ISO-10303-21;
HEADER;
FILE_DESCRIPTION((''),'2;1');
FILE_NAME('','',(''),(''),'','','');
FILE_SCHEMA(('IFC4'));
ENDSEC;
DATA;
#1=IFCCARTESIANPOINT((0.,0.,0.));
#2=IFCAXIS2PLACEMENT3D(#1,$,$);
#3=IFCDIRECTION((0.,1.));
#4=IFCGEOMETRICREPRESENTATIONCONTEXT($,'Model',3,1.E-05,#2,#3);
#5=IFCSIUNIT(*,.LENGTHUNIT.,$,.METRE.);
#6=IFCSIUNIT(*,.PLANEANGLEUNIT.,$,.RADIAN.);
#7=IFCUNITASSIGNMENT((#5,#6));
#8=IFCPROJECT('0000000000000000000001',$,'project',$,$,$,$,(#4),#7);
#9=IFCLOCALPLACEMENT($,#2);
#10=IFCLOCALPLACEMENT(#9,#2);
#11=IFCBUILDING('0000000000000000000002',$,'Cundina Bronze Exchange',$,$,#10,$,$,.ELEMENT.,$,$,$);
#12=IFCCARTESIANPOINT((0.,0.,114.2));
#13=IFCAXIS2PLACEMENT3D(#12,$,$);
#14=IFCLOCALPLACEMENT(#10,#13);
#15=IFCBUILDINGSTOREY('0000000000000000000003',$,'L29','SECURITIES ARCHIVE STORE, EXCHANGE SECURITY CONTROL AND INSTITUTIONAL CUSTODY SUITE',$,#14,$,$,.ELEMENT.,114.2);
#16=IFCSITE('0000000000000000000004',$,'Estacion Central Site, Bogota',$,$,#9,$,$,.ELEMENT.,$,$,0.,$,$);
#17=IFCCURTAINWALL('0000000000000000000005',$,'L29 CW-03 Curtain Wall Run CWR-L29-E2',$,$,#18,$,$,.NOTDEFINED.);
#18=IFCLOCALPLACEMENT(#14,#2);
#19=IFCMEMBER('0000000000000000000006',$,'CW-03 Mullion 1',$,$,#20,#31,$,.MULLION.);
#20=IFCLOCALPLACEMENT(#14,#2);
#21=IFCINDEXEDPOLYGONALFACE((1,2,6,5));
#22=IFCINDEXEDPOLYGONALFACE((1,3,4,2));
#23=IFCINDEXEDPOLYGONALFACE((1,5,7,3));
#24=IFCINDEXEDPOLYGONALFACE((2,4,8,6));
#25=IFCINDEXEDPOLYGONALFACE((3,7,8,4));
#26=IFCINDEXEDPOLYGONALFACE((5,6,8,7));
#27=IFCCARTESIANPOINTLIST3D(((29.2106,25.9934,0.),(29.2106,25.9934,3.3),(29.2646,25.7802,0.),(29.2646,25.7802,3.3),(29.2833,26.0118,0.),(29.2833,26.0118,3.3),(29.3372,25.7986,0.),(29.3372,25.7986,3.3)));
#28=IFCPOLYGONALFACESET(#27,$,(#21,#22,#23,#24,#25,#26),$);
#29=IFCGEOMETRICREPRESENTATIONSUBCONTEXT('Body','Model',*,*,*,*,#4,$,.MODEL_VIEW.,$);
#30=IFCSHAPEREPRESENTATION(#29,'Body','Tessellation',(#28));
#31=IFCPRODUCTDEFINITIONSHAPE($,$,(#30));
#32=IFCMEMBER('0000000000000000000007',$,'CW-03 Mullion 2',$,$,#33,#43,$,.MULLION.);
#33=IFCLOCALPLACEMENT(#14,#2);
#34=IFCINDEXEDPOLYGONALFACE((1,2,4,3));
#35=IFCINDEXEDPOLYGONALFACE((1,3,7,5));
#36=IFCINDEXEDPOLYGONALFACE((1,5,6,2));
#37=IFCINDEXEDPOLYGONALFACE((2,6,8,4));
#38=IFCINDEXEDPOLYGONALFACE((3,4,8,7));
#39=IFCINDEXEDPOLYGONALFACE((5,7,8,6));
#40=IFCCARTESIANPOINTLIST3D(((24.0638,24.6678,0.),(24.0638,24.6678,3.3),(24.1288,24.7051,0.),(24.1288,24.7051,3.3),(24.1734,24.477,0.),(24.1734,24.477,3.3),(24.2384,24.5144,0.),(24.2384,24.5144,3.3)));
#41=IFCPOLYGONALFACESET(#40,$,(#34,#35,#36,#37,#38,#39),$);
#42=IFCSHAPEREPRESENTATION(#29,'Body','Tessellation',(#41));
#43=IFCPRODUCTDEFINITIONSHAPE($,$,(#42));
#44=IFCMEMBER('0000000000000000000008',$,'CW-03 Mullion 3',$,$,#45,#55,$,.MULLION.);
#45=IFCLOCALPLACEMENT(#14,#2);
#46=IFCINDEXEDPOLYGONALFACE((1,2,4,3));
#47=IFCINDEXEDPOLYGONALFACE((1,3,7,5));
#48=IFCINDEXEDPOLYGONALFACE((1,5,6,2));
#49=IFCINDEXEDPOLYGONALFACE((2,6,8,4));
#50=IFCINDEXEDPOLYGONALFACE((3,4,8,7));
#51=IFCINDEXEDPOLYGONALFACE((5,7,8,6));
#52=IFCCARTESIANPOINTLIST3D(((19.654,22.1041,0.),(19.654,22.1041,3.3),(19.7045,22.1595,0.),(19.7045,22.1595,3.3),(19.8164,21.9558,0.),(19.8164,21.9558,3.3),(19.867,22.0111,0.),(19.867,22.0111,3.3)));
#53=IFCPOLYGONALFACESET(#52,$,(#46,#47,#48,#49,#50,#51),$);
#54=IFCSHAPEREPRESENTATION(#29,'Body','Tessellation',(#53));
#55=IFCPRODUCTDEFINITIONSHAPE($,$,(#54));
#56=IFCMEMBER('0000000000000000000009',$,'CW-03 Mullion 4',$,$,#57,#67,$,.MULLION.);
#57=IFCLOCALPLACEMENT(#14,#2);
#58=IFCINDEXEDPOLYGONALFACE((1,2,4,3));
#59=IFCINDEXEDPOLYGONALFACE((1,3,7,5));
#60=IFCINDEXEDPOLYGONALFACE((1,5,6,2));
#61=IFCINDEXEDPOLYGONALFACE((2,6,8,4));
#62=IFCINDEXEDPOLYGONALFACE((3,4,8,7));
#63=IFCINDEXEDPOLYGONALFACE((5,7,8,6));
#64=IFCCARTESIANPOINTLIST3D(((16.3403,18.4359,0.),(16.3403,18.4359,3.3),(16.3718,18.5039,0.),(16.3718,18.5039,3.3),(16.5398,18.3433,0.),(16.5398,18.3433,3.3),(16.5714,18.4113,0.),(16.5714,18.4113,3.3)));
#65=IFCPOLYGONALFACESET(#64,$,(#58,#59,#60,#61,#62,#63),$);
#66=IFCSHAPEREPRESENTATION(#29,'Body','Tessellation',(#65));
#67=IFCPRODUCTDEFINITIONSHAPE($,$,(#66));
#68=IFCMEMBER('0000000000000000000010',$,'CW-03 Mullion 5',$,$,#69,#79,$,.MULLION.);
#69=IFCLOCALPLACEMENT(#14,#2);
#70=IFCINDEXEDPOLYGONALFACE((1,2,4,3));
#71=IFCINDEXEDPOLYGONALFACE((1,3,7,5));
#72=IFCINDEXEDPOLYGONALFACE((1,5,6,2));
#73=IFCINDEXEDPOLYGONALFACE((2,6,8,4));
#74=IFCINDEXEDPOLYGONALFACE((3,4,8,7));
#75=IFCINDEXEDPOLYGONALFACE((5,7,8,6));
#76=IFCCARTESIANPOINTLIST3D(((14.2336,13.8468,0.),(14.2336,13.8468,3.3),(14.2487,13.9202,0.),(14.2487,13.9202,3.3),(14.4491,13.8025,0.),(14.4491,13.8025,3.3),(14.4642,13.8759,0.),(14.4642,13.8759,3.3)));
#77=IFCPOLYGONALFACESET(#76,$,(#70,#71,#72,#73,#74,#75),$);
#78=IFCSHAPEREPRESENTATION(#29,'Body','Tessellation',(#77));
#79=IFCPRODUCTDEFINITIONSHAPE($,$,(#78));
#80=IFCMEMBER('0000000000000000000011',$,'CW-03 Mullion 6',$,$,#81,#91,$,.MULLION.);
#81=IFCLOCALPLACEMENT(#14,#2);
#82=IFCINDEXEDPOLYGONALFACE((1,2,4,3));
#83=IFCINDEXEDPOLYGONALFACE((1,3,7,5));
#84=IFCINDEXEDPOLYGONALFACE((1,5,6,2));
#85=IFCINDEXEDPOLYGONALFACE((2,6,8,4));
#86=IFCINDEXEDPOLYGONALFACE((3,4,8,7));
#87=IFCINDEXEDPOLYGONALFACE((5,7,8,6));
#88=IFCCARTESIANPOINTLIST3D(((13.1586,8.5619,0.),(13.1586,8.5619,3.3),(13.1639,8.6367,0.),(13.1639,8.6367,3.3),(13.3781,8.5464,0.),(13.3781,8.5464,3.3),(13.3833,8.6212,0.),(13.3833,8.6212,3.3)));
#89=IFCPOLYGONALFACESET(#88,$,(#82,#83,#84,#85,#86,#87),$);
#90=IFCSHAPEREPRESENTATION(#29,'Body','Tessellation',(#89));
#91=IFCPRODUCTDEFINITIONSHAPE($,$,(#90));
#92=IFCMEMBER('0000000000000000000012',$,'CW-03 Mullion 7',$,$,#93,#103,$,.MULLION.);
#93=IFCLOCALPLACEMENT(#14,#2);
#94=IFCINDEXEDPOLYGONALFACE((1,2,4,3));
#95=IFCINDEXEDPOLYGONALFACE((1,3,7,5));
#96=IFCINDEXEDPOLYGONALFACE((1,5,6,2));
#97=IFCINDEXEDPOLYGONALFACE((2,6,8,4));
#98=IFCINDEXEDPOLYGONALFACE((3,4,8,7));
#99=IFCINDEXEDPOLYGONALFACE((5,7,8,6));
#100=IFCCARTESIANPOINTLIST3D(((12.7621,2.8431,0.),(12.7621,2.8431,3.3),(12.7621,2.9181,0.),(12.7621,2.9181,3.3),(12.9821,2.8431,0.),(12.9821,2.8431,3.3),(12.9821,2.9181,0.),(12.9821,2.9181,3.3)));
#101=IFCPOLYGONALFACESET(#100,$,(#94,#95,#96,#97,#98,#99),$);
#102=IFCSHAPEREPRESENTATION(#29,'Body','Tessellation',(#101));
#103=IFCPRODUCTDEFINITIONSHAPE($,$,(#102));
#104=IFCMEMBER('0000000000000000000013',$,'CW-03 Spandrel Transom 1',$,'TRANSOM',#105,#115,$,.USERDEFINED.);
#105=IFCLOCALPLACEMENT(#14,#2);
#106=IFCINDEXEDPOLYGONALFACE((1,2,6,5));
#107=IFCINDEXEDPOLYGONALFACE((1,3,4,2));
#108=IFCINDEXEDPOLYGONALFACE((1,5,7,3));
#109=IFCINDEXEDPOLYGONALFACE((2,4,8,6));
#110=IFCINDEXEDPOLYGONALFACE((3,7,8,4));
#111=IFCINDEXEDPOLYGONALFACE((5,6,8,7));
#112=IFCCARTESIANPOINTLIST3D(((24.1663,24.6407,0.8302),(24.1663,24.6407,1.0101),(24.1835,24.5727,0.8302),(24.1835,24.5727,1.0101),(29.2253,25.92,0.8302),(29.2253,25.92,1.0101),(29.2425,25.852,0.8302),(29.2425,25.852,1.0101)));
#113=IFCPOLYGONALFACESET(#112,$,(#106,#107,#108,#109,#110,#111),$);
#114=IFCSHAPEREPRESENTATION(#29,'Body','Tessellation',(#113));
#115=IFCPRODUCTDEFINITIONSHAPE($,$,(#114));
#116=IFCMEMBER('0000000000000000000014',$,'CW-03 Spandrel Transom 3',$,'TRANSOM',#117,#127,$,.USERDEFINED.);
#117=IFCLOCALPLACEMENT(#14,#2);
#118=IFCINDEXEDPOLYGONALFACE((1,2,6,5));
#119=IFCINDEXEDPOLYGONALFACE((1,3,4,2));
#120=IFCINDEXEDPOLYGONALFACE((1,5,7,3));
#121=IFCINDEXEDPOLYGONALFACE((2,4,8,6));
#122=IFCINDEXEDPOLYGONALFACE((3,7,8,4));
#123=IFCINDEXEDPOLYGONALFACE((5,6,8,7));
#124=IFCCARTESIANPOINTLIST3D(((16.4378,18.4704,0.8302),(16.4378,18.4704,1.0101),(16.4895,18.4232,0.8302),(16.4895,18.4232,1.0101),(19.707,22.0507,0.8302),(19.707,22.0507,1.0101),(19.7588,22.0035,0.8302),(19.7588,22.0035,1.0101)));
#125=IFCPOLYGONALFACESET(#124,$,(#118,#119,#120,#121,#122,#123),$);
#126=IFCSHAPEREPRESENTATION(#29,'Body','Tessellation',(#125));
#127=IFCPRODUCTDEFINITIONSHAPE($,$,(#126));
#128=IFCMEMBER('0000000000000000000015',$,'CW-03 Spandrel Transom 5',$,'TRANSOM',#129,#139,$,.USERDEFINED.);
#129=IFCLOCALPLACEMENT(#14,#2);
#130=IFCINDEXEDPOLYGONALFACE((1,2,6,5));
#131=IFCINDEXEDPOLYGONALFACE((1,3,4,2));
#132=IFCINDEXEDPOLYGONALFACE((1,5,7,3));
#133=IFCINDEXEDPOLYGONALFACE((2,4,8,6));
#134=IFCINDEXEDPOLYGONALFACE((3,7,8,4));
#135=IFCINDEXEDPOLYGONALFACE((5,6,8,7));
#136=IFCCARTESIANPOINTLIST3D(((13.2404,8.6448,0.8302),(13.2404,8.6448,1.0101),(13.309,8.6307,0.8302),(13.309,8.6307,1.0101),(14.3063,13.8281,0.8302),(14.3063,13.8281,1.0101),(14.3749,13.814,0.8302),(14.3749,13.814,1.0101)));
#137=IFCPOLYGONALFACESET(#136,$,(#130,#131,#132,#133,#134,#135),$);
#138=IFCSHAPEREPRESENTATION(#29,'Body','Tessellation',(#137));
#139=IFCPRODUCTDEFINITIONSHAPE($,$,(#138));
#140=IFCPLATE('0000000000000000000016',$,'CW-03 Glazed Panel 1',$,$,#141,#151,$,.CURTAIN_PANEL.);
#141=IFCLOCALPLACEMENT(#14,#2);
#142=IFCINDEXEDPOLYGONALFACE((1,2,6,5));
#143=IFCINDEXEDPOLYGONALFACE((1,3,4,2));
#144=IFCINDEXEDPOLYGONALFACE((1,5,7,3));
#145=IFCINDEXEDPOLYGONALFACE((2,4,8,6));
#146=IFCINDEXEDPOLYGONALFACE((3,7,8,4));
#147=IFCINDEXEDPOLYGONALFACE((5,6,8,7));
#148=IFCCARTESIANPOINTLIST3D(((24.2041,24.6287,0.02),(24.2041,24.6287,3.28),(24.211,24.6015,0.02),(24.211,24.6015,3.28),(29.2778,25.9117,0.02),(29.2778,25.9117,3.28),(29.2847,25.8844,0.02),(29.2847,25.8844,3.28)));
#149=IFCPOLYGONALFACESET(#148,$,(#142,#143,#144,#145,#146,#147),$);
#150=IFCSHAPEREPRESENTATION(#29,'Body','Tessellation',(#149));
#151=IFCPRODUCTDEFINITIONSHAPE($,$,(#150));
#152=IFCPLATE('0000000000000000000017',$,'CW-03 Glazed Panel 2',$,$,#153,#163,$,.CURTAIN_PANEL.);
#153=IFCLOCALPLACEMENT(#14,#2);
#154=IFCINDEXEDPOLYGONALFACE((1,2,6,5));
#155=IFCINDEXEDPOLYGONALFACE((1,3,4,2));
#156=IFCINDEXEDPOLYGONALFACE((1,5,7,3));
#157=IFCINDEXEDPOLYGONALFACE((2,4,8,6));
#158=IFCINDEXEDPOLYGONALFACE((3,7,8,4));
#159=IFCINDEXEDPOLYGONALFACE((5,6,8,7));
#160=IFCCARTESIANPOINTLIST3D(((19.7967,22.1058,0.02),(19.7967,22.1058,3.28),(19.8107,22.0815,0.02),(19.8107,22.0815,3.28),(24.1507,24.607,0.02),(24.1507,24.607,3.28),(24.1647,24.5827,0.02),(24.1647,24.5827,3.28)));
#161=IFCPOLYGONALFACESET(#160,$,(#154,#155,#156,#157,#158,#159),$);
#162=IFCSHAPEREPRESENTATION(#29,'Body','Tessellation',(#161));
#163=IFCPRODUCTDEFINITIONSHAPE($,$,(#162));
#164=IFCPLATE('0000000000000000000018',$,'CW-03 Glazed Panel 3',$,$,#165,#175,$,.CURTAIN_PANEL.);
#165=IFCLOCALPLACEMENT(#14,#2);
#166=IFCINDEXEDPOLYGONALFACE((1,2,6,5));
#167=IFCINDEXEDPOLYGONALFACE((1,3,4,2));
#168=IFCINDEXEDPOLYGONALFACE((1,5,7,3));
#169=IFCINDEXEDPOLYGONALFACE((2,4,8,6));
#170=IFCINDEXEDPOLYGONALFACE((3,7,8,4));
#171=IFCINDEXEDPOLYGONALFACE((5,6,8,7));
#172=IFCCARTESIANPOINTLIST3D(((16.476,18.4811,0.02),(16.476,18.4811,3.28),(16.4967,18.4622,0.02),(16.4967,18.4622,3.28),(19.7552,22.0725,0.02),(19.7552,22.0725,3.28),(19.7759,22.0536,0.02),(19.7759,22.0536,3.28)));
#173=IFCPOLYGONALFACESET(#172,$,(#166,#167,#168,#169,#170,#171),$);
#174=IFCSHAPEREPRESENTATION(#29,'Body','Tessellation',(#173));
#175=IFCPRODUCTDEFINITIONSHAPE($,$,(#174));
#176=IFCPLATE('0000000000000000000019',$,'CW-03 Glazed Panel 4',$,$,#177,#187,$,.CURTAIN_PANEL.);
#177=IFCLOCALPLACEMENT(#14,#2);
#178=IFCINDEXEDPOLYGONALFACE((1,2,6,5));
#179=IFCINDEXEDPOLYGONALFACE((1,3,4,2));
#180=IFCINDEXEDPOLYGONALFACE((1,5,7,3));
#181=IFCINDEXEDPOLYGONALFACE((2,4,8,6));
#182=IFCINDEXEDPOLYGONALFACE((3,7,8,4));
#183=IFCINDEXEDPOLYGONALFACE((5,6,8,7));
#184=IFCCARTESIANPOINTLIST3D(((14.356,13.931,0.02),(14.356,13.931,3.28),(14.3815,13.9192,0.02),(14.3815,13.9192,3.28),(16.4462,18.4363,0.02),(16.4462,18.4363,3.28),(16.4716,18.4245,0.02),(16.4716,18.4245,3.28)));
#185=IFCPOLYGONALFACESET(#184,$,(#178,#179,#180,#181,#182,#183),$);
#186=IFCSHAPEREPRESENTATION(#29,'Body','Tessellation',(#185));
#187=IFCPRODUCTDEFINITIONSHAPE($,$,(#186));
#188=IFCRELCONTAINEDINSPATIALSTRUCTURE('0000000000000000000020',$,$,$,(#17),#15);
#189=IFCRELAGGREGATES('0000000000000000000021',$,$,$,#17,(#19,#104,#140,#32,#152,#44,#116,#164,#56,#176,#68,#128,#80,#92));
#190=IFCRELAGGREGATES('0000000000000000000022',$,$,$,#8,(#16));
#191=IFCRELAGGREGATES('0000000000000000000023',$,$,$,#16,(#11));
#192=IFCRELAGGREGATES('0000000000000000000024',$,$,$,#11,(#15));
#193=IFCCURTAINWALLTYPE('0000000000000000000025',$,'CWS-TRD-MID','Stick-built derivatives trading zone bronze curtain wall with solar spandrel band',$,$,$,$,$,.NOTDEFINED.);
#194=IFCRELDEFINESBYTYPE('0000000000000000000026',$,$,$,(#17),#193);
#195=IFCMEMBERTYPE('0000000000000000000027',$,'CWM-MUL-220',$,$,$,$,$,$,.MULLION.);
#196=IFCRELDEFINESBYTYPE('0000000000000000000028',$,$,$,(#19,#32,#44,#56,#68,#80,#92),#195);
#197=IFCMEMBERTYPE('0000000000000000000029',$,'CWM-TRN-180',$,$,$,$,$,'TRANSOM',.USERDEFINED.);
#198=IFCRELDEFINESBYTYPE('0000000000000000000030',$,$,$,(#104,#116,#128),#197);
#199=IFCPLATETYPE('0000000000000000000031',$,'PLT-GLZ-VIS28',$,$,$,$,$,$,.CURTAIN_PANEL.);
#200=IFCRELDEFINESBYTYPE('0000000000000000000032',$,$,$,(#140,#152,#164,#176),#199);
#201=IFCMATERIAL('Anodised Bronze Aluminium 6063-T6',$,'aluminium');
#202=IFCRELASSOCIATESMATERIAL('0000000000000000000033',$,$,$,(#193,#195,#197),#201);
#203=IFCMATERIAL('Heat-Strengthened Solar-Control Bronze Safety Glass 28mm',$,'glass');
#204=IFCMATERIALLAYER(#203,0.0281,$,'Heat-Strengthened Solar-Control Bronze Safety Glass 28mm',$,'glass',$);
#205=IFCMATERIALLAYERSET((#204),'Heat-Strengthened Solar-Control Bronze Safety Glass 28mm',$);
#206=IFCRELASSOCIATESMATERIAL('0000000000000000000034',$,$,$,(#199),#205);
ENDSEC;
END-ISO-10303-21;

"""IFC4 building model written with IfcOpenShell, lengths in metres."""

from ifc_helpers import new_model, si_unit, direction, frame, origin, origin_2d, place, context, subcontext, project, spatial, rectangle, extrude, material, layer, layer_set, material_profile, profile_set, type_object, element, aggregate, save


model = new_model("IFC4")

# Units and contexts
model_context = context("Model", 3, precision=1e-05, world=origin(), true_north=direction((0.0, 1.0)))
body_context = subcontext(model_context, "Body", "Model", "MODEL_VIEW")
ifc_project = project(units=[si_unit("LENGTHUNIT", "METRE"), si_unit("PLANEANGLEUNIT", "RADIAN")], contexts=[model_context])

# Site, building, storey
site_placement = place(None, origin())
site = spatial("IfcSite", under=ifc_project, at=site_placement, Name="Estacion Central Site, Bogota", CompositionType="ELEMENT", RefElevation=0.0)
building_placement = place(site_placement, origin())
building = spatial("IfcBuilding", under=site, at=building_placement, Name="Cundina Bronze Exchange", CompositionType="ELEMENT")
storey_placement = place(building_placement, frame((0.0, 0.0, 114.2)))
storey = spatial("IfcBuildingStorey", under=building, at=storey_placement, Name="L29", Description="SECURITIES ARCHIVE STORE, EXCHANGE SECURITY CONTROL AND INSTITUTIONAL CUSTODY SUITE", CompositionType="ELEMENT", Elevation=114.2)

# Shared definitions
ifc_material_1 = material(Name="Anodised Bronze Aluminium 6063-T6", Category="aluminium")
curtain_wall_type = type_object("IfcCurtainWallType", Name="CWS-TRD-MID", Description="Stick-built derivatives trading zone bronze curtain wall with solar spandrel band", PredefinedType="NOTDEFINED", material=ifc_material_1)
ifc_material_profile_1 = material_profile(ifc_material_1, rectangle(XDim=0.075, YDim=0.22, at=origin_2d()), Name="AL75X220", Category="aluminium")
ifc_profile_set_1 = profile_set([ifc_material_profile_1], Name="Anodised Bronze Aluminium 6063-T6")
member_type_1 = type_object("IfcMemberType", Name="CWM-MUL-220", PredefinedType="MULLION", material=ifc_profile_set_1)

# Curtain wall, members, plates
curtain_wall_1_placement = place(storey_placement, origin())
curtain_wall_1 = element("IfcCurtainWall", 1, at=curtain_wall_1_placement, inside=storey, type_object=curtain_wall_type, Name="L29 CW-03 Curtain Wall Run CWR-L29-E2", PredefinedType="NOTDEFINED")
member_1_placement = place(storey_placement, frame((29.2739, 25.896, 0.0), z_axis=(0.0, 0.0, 1.0), x_axis=(-0.969488, -0.245138, 0.0)))
member_1 = element("IfcMember", 2, at=member_1_placement, type_object=member_type_1, Name="CW-03 Mullion 1", PredefinedType="MULLION", context=body_context, shape_type="SweptSolid", body=[
    extrude(rectangle(XDim=0.075, YDim=0.22, at=origin_2d()), origin(), (0.0, 0.0, 1.0), 3.3),
])
member_2_placement = place(storey_placement, frame((24.1511, 24.5911, 0.0), z_axis=(0.0, 0.0, 1.0), x_axis=(-0.867071, -0.498185, 0.0)))
member_2 = element("IfcMember", 3, at=member_2_placement, type_object=member_type_1, Name="CW-03 Mullion 2", PredefinedType="MULLION", context=body_context, shape_type="SweptSolid", body=[
    extrude(rectangle(XDim=0.075, YDim=0.22, at=origin_2d()), origin(), (0.0, 0.0, 1.0), 3.3),
])
member_3_placement = place(storey_placement, frame((19.7605, 22.0576, 0.0), z_axis=(0.0, 0.0, 1.0), x_axis=(-0.674302, -0.738455, 0.0)))
member_3 = element("IfcMember", 4, at=member_3_placement, type_object=member_type_1, Name="CW-03 Mullion 3", PredefinedType="MULLION", context=body_context, shape_type="SweptSolid", body=[
    extrude(rectangle(XDim=0.075, YDim=0.22, at=origin_2d()), origin(), (0.0, 0.0, 1.0), 3.3),
])
member_4_placement = place(storey_placement, frame((16.4558, 18.4236, 0.0), z_axis=(0.0, 0.0, 1.0), x_axis=(-0.420877, -0.907117, 0.0)))
member_4 = element("IfcMember", 5, at=member_4_placement, type_object=member_type_1, Name="CW-03 Mullion 4", PredefinedType="MULLION", context=body_context, shape_type="SweptSolid", body=[
    extrude(rectangle(XDim=0.075, YDim=0.22, at=origin_2d()), origin(), (0.0, 0.0, 1.0), 3.3),
])
member_5_placement = place(storey_placement, frame((14.3489, 13.8613, 0.0), z_axis=(0.0, 0.0, 1.0), x_axis=(-0.20142, -0.979505, 0.0)))
member_5 = element("IfcMember", 6, at=member_5_placement, type_object=member_type_1, Name="CW-03 Mullion 5", PredefinedType="MULLION", context=body_context, shape_type="SweptSolid", body=[
    extrude(rectangle(XDim=0.075, YDim=0.22, at=origin_2d()), origin(), (0.0, 0.0, 1.0), 3.3),
])
member_6_placement = place(storey_placement, frame((13.271, 8.5916, 0.0), z_axis=(0.0, 0.0, 1.0), x_axis=(-0.070279, -0.997527, 0.0)))
member_6 = element("IfcMember", 7, at=member_6_placement, type_object=member_type_1, Name="CW-03 Mullion 6", PredefinedType="MULLION", context=body_context, shape_type="SweptSolid", body=[
    extrude(rectangle(XDim=0.075, YDim=0.22, at=origin_2d()), origin(), (0.0, 0.0, 1.0), 3.3),
])
member_7_placement = place(storey_placement, frame((12.8721, 2.8806, 0.0), z_axis=(0.0, 0.0, 1.0), x_axis=(0.0, -1.0, 0.0)))
member_7 = element("IfcMember", 8, at=member_7_placement, type_object=member_type_1, Name="CW-03 Mullion 7", PredefinedType="MULLION", context=body_context, shape_type="SweptSolid", body=[
    extrude(rectangle(XDim=0.075, YDim=0.22, at=origin_2d()), origin(), (0.0, 0.0, 1.0), 3.3),
])
ifc_material_profile_2 = material_profile(ifc_material_1, rectangle(XDim=0.0701, YDim=0.1799, at=origin_2d()), Name="AL70X180", Category="aluminium")
ifc_profile_set_2 = profile_set([ifc_material_profile_2], Name="Anodised Bronze Aluminium 6063-T6")
member_type_2 = type_object("IfcMemberType", Name="CWM-TRN-180", ElementType="TRANSOM", PredefinedType="USERDEFINED", material=ifc_profile_set_2)
member_8_placement = place(storey_placement, frame((29.2339, 25.886, 0.9202), z_axis=(-0.969484, -0.245155, 0.0), x_axis=(0.245155, -0.969484, 0.0)))
member_8 = element("IfcMember", 9, at=member_8_placement, type_object=member_type_2, Name="CW-03 Spandrel Transom 1", ObjectType="TRANSOM", PredefinedType="USERDEFINED", context=body_context, shape_type="SweptSolid", body=[
    extrude(rectangle(XDim=0.0701, YDim=0.1799, at=origin_2d()), origin(), (0.0, 0.0, 1.0), 5.2183),
])
member_9_placement = place(storey_placement, frame((19.7329, 22.0271, 0.9202), z_axis=(-0.674303, -0.738455, 0.0), x_axis=(0.738455, -0.674303, 0.0)))
member_9 = element("IfcMember", 10, at=member_9_placement, type_object=member_type_2, Name="CW-03 Spandrel Transom 3", ObjectType="TRANSOM", PredefinedType="USERDEFINED", context=body_context, shape_type="SweptSolid", body=[
    extrude(rectangle(XDim=0.0701, YDim=0.1799, at=origin_2d()), origin(), (0.0, 0.0, 1.0), 4.8484),
])
member_10_placement = place(storey_placement, frame((14.3406, 13.821, 0.9202), z_axis=(-0.201428, -0.979503, 0.0), x_axis=(0.979503, -0.201428, 0.0)))
member_10 = element("IfcMember", 11, at=member_10_placement, type_object=member_type_2, Name="CW-03 Spandrel Transom 5", ObjectType="TRANSOM", PredefinedType="USERDEFINED", context=body_context, shape_type="SweptSolid", body=[
    extrude(rectangle(XDim=0.0701, YDim=0.1799, at=origin_2d()), origin(), (0.0, 0.0, 1.0), 5.2917),
])
ifc_material_2 = material(Name="Heat-Strengthened Solar-Control Bronze Safety Glass 28mm", Category="glass")
ifc_layer_1 = layer(ifc_material_2, 0.0281, Name="Heat-Strengthened Solar-Control Bronze Safety Glass 28mm", Category="glass")
ifc_layer_set_1 = layer_set([ifc_layer_1], Name="Heat-Strengthened Solar-Control Bronze Safety Glass 28mm")
plate_type_1 = type_object("IfcPlateType", Name="PLT-GLZ-VIS28", PredefinedType="CURTAIN_PANEL", material=ifc_layer_set_1)
plate_1_placement = place(storey_placement, frame((26.7444, 25.2566, 0.02), z_axis=(0.0, 0.0, 1.0), x_axis=(-0.969488, -0.245138, 0.0)))
plate_1 = element("IfcPlate", 12, at=plate_1_placement, type_object=plate_type_1, Name="CW-03 Glazed Panel 1", PredefinedType="CURTAIN_PANEL", context=body_context, shape_type="SweptSolid", body=[
    extrude(rectangle(XDim=5.2334, YDim=0.0281, at=origin_2d()), origin(), (0.0, 0.0, 1.0), 3.26),
])
plate_2_placement = place(storey_placement, frame((21.9807, 23.3442, 0.02), z_axis=(0.0, 0.0, 1.0), x_axis=(-0.867105, -0.498125, 0.0)))
plate_2 = element("IfcPlate", 13, at=plate_2_placement, type_object=plate_type_1, Name="CW-03 Glazed Panel 2", PredefinedType="CURTAIN_PANEL", context=body_context, shape_type="SweptSolid", body=[
    extrude(rectangle(XDim=5.0212, YDim=0.0281, at=origin_2d()), origin(), (0.0, 0.0, 1.0), 3.26),
])
plate_3_placement = place(storey_placement, frame((18.126, 20.2673, 0.02), z_axis=(0.0, 0.0, 1.0), x_axis=(-0.674277, -0.738479, 0.0)))
plate_3 = element("IfcPlate", 14, at=plate_3_placement, type_object=plate_type_1, Name="CW-03 Glazed Panel 3", PredefinedType="CURTAIN_PANEL", context=body_context, shape_type="SweptSolid", body=[
    extrude(rectangle(XDim=4.8633, YDim=0.0281, at=origin_2d()), origin(), (0.0, 0.0, 1.0), 3.26),
])
plate_4_placement = place(storey_placement, frame((15.4138, 16.1777, 0.02), z_axis=(0.0, 0.0, 1.0), x_axis=(-0.420846, -0.907132, 0.0)))
plate_4 = element("IfcPlate", 15, at=plate_4_placement, type_object=plate_type_1, Name="CW-03 Glazed Panel 4", PredefinedType="CURTAIN_PANEL", context=body_context, shape_type="SweptSolid", body=[
    extrude(rectangle(XDim=4.9666, YDim=0.0281, at=origin_2d()), origin(), (0.0, 0.0, 1.0), 3.26),
])
aggregate(curtain_wall_1, [member_1, member_8, plate_1, member_2, plate_2, member_3, member_9, plate_3, member_4, plate_4, member_5, member_10, member_6, member_7])

save(model, "model.ifc")
